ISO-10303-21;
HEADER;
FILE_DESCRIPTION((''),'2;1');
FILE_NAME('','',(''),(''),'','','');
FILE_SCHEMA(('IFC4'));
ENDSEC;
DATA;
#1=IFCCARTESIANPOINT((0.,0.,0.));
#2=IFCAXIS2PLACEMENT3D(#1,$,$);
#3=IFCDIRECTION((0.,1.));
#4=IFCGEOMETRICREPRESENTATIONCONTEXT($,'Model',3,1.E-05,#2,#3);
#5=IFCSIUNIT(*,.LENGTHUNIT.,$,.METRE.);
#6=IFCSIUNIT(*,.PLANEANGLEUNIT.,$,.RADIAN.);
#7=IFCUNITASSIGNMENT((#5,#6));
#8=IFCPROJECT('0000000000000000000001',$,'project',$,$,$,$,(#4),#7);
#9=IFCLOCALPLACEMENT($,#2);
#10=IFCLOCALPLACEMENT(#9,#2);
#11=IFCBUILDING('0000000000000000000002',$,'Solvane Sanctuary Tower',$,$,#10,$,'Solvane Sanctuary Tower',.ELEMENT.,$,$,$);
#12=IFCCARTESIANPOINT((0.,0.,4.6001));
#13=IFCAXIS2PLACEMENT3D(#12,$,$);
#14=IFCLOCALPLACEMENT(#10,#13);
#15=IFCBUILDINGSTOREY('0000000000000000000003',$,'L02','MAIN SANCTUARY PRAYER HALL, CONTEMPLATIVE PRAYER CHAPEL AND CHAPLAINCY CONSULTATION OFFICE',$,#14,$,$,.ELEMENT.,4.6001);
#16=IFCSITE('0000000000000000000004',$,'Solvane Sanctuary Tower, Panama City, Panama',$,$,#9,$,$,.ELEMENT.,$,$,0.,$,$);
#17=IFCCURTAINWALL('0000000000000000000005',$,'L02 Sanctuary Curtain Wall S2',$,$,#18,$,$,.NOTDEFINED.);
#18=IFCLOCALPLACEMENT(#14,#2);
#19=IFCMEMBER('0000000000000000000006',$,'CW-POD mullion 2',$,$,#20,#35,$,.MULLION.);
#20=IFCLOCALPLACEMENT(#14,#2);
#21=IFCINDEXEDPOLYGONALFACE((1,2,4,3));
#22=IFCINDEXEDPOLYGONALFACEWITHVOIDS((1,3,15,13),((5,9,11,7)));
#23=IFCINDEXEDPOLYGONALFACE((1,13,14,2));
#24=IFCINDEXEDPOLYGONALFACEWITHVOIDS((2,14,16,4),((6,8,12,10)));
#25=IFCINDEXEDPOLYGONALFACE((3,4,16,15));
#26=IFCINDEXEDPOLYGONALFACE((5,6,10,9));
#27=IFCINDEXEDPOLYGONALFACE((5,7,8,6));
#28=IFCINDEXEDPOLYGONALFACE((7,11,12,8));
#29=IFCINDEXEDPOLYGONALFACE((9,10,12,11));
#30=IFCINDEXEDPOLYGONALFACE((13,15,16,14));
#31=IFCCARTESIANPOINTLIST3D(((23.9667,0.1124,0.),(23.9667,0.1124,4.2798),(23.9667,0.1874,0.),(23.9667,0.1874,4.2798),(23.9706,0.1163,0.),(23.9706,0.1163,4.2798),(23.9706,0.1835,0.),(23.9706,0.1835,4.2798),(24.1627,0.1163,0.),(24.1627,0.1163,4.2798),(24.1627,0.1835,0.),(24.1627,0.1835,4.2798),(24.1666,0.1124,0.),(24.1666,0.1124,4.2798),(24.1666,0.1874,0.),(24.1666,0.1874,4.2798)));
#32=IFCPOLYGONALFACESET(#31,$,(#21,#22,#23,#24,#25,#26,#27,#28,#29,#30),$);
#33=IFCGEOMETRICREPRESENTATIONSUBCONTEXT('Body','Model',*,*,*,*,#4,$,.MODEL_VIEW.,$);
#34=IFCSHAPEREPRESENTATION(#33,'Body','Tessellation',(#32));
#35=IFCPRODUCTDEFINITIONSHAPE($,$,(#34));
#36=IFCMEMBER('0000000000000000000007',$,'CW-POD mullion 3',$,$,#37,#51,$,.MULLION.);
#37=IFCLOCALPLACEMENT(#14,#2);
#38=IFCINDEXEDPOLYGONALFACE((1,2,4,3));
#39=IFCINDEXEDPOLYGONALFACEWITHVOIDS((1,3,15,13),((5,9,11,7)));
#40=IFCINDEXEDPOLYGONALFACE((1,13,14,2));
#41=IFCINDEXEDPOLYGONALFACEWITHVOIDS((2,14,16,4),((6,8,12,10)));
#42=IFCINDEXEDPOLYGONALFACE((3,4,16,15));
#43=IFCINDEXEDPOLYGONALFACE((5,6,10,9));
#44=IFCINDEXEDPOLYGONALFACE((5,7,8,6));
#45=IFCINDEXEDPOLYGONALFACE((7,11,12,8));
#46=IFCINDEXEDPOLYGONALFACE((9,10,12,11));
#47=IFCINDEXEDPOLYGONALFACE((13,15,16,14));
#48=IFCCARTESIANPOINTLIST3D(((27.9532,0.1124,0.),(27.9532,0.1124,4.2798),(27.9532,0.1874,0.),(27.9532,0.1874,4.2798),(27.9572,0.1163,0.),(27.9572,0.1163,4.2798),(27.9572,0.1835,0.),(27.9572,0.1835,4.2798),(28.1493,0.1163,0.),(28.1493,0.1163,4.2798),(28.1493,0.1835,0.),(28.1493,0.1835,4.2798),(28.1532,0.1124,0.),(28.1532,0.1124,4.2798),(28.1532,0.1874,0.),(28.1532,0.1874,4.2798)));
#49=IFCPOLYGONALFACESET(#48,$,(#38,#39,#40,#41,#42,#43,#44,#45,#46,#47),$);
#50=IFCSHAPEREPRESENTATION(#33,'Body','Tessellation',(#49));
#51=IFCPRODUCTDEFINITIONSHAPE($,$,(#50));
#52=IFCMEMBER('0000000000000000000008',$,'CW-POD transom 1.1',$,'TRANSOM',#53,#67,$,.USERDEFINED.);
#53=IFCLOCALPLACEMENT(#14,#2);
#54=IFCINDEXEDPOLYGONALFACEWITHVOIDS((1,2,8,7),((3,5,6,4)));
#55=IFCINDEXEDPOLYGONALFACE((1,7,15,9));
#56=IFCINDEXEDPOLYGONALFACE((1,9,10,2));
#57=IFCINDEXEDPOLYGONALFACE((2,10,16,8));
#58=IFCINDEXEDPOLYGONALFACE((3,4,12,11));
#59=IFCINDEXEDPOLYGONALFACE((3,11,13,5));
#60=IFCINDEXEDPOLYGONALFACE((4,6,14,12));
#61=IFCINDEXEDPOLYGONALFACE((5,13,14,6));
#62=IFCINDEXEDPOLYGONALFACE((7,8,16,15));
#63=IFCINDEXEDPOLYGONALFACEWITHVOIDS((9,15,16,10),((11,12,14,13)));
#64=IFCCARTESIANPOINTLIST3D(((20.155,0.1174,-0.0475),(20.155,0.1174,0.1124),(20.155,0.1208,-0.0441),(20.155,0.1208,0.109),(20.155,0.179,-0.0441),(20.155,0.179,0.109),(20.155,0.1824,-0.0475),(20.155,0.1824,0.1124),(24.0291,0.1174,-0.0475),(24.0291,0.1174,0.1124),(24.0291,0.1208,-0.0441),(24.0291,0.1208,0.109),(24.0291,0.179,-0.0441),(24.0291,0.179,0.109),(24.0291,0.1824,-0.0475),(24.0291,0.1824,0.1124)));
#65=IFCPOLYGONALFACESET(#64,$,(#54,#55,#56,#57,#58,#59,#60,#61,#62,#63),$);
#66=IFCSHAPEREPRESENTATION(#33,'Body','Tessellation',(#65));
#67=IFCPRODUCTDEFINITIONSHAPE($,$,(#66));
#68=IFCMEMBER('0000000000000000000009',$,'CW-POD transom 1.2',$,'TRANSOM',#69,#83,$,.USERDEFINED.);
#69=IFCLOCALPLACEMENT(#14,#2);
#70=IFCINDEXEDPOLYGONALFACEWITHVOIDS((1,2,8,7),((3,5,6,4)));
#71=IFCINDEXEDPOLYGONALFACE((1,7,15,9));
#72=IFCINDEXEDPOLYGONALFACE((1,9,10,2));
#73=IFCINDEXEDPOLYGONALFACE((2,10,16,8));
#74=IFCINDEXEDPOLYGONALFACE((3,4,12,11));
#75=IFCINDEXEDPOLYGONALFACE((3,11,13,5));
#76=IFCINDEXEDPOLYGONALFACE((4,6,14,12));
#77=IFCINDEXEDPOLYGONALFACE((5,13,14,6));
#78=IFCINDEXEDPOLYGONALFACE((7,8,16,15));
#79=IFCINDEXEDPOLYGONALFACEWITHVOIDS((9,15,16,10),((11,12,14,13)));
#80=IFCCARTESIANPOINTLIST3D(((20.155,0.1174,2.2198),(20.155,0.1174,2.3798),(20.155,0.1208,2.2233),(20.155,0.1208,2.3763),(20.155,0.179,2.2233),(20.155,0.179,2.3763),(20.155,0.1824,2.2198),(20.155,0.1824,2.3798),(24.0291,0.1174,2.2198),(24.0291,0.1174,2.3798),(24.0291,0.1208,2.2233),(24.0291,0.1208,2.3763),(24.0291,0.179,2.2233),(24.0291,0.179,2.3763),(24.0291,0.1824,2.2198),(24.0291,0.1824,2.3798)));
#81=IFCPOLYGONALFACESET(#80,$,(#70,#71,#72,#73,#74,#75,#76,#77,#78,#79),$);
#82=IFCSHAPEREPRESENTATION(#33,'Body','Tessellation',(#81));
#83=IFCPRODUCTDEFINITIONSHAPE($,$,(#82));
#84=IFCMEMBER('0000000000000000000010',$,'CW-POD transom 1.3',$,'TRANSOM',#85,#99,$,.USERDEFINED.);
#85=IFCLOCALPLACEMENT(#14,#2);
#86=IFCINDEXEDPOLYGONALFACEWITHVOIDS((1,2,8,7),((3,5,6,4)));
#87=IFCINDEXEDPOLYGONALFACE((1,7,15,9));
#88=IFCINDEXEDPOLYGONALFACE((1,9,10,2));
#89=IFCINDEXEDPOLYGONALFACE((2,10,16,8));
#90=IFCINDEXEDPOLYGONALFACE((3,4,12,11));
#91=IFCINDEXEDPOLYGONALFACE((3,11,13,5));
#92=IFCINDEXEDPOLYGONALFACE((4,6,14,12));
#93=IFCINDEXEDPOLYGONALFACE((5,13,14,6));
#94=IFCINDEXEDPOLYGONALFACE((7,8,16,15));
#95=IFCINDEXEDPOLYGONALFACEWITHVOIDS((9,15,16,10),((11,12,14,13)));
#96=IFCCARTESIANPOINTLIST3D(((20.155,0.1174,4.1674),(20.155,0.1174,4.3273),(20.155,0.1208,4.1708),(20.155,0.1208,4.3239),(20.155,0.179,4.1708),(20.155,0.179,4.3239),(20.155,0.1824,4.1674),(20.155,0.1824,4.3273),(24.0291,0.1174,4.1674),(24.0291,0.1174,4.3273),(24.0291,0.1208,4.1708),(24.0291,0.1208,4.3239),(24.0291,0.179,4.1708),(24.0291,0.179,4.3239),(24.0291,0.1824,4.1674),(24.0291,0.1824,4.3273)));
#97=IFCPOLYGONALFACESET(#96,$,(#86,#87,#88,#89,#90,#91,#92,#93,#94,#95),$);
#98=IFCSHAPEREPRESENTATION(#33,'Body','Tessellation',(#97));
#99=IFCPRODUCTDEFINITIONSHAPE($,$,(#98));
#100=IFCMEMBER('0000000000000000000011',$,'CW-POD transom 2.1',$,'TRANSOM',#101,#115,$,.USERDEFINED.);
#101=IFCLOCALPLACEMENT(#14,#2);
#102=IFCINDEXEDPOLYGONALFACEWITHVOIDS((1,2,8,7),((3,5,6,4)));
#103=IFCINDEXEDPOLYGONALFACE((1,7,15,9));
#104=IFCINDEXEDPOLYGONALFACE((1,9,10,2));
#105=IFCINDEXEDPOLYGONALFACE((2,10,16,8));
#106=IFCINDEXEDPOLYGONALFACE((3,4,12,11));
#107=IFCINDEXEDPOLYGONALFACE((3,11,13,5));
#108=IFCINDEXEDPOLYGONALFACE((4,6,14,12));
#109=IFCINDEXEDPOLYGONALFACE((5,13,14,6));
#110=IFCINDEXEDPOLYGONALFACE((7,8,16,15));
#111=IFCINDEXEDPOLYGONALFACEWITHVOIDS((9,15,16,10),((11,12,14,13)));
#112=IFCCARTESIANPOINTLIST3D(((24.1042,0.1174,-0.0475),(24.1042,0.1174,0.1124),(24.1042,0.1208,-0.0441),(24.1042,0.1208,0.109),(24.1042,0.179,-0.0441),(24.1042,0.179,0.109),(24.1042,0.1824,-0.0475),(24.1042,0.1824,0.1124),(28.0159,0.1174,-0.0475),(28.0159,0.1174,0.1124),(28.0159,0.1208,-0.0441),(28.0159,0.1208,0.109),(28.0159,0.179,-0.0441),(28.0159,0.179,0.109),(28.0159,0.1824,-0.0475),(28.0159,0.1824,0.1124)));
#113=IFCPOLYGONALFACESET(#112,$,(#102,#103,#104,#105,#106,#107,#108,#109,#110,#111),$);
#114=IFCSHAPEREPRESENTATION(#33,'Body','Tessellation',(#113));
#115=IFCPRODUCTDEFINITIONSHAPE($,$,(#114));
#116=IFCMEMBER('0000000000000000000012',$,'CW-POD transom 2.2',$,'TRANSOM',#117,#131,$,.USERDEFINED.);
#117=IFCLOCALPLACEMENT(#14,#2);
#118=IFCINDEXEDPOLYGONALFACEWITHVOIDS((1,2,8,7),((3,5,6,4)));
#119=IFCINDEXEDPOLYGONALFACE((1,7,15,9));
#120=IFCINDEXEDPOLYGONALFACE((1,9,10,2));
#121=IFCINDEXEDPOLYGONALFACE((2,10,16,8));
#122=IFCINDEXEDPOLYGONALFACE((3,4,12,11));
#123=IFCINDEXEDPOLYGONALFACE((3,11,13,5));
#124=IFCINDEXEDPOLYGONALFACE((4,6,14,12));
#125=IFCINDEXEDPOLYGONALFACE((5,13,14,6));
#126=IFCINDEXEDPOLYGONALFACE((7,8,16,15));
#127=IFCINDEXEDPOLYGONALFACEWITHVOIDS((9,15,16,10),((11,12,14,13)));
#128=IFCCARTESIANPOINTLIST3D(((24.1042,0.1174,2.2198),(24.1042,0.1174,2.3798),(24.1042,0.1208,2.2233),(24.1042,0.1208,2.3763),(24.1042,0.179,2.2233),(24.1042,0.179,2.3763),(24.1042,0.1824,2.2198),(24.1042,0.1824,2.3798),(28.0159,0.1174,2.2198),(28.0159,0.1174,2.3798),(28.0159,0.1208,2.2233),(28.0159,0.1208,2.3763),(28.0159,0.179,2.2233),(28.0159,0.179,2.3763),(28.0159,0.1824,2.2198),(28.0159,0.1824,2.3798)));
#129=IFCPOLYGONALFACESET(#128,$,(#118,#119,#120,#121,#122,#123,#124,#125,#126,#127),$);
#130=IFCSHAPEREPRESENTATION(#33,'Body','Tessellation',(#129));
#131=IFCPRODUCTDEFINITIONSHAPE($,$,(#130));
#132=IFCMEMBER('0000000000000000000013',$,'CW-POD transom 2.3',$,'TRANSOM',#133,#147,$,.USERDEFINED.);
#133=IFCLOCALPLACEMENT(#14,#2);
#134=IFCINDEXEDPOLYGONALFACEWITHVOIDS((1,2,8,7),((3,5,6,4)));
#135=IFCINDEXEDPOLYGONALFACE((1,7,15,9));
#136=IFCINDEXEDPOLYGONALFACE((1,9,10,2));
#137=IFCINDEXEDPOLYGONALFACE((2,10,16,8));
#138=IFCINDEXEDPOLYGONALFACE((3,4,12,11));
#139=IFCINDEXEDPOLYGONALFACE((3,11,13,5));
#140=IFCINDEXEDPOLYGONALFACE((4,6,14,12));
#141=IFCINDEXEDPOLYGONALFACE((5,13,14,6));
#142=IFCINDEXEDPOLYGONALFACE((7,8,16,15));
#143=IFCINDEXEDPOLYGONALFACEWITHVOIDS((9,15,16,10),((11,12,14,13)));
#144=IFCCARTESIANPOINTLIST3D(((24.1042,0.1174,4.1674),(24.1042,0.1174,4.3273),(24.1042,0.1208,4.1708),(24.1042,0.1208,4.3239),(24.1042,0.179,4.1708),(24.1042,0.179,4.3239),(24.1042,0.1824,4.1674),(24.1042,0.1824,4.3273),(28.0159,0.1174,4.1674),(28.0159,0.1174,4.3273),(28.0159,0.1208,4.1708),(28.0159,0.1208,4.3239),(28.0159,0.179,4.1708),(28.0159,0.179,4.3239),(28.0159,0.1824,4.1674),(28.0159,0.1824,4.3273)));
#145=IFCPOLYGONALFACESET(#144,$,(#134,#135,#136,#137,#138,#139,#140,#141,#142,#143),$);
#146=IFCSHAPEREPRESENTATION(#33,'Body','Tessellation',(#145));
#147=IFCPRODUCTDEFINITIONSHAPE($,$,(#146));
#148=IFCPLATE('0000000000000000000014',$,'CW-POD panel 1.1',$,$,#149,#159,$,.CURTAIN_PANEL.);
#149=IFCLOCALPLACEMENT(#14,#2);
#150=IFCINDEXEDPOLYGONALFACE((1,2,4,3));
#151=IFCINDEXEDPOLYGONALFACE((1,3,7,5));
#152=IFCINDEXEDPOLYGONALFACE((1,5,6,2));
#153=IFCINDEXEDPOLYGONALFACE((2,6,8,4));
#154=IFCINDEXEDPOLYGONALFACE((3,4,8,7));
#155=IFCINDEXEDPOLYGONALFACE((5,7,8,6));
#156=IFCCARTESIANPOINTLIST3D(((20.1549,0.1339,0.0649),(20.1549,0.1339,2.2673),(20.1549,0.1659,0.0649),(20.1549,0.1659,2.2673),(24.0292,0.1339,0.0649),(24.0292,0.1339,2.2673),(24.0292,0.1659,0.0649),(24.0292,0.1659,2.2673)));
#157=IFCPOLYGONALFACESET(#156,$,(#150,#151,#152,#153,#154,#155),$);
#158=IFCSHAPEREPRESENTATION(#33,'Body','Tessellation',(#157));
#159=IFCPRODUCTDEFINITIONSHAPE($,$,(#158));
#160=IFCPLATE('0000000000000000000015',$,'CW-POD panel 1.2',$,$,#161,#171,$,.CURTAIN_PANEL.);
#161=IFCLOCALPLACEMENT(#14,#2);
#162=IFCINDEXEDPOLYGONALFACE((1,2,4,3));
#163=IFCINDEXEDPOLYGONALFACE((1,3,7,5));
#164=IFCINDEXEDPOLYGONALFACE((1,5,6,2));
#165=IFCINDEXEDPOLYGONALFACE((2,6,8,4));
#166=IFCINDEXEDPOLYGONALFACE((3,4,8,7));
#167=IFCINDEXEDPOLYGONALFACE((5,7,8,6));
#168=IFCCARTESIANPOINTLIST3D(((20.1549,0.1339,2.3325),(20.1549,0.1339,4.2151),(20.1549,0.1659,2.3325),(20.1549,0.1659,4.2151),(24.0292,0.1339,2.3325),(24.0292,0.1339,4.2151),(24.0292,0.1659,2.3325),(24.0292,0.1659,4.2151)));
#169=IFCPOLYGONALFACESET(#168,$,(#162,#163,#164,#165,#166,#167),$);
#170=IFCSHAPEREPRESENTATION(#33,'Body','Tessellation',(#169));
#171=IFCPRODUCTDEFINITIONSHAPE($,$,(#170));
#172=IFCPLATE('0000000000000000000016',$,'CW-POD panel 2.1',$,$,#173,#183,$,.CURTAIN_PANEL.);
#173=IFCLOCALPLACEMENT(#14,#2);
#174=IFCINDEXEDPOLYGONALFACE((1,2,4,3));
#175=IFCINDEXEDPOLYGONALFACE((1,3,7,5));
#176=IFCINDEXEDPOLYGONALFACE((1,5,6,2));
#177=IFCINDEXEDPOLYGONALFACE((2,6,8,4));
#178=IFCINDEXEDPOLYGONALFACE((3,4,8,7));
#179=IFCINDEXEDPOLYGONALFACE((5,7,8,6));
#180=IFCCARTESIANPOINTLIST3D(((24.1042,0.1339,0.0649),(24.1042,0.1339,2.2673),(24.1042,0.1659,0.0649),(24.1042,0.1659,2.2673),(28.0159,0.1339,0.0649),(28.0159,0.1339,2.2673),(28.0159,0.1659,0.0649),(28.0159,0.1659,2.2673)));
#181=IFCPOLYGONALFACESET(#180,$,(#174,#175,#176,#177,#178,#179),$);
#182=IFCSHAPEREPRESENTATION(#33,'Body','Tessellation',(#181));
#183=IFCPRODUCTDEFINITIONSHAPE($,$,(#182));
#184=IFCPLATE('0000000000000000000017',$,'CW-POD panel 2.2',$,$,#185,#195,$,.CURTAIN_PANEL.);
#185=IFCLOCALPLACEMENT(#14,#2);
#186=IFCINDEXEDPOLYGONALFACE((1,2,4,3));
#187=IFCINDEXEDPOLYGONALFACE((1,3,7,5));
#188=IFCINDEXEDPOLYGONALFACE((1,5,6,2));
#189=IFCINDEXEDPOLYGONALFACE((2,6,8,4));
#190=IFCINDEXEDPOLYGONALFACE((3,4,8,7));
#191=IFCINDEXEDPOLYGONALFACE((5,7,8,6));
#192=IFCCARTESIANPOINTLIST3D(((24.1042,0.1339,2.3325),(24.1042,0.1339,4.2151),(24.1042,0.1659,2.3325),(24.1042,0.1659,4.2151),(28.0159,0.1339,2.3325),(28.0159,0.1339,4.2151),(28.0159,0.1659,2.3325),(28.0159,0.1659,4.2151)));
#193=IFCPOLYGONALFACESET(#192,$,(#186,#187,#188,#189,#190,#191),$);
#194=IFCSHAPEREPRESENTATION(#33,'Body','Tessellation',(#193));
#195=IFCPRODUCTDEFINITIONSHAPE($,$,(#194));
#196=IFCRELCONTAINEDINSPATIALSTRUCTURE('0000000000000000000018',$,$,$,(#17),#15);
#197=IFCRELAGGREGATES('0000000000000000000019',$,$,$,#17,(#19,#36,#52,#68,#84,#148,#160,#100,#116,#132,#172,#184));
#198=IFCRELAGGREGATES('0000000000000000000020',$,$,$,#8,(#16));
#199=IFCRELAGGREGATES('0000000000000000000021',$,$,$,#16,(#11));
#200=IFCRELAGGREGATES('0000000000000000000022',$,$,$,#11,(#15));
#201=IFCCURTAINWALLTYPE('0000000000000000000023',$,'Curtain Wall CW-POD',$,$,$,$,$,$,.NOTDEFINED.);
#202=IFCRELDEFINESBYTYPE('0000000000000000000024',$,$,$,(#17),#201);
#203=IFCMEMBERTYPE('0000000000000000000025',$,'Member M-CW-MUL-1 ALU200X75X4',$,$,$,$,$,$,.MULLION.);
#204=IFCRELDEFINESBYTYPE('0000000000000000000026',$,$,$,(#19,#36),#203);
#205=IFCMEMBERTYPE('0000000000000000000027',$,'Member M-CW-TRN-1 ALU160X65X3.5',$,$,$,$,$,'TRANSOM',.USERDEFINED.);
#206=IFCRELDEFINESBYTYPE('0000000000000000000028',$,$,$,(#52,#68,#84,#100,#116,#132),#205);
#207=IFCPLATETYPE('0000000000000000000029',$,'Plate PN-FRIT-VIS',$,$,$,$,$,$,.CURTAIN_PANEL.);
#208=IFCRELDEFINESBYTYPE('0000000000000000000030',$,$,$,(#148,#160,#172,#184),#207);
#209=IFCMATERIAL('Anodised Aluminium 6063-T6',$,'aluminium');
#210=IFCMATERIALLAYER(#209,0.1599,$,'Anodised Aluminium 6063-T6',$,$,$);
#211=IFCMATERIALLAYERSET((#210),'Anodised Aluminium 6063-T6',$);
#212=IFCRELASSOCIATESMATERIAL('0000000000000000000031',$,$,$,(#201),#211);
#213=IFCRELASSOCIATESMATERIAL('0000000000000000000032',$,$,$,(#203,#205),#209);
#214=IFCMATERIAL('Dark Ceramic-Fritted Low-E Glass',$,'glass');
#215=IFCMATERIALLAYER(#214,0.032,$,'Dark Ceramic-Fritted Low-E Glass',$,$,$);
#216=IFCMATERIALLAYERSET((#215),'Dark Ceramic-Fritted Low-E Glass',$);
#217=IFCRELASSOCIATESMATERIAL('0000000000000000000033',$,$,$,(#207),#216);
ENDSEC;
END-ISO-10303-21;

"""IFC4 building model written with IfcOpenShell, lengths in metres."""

from ifc_helpers import new_model, si_unit, direction, frame, origin, origin_2d, place, context, subcontext, project, spatial, rectangle, hollow_rectangle, extrude, material, layer, layer_set, material_profile, profile_set, type_object, element, aggregate, save


model = new_model("IFC4")

# Units and contexts
model_context = context("Model", 3, precision=1e-05, world=origin(), true_north=direction((0.0, 1.0)))
body_context = subcontext(model_context, "Body", "Model", "MODEL_VIEW")
ifc_project = project(units=[si_unit("LENGTHUNIT", "METRE"), si_unit("PLANEANGLEUNIT", "RADIAN")], contexts=[model_context])

# Site, building, storey
site_placement = place(None, origin())
site = spatial("IfcSite", under=ifc_project, at=site_placement, Name="Solvane Sanctuary Tower, Panama City, Panama", CompositionType="ELEMENT", RefElevation=0.0)
building_placement = place(site_placement, origin())
building = spatial("IfcBuilding", under=site, at=building_placement, Name="Solvane Sanctuary Tower", LongName="Solvane Sanctuary Tower", CompositionType="ELEMENT")
storey_placement = place(building_placement, frame((0.0, 0.0, 4.6001)))
storey = spatial("IfcBuildingStorey", under=building, at=storey_placement, Name="L02", Description="MAIN SANCTUARY PRAYER HALL, CONTEMPLATIVE PRAYER CHAPEL AND CHAPLAINCY CONSULTATION OFFICE", CompositionType="ELEMENT", Elevation=4.6001)

# Curtain wall, members, plates
ifc_material_1 = material(Name="Anodised Aluminium 6063-T6", Category="aluminium")
ifc_layer_1 = layer(ifc_material_1, 0.1599, Name="Anodised Aluminium 6063-T6")
ifc_layer_set_1 = layer_set([ifc_layer_1], Name="Anodised Aluminium 6063-T6")
curtain_wall_type = type_object("IfcCurtainWallType", Name="Curtain Wall CW-POD", PredefinedType="NOTDEFINED", material=ifc_layer_set_1)
curtain_wall_placement = place(storey_placement, origin())
curtain_wall = element("IfcCurtainWall", 1, at=curtain_wall_placement, inside=storey, type_object=curtain_wall_type, Name="L02 Sanctuary Curtain Wall S2", PredefinedType="NOTDEFINED")
ifc_material_profile_1 = material_profile(ifc_material_1, hollow_rectangle(XDim=0.075, YDim=0.2, WallThickness=0.0039, at=origin_2d()), Name="ALU200X75X4")
ifc_profile_set_1 = profile_set([ifc_material_profile_1], Name="Anodised Aluminium 6063-T6")
member_type_1 = type_object("IfcMemberType", Name="Member M-CW-MUL-1 ALU200X75X4", PredefinedType="MULLION", material=ifc_profile_set_1)
member_1_placement = place(storey_placement, frame((24.0667, 0.1499, 0.0), z_axis=(0.0, 0.0, 1.0), x_axis=(0.0, 1.0, 0.0)))
member_1 = element("IfcMember", 2, at=member_1_placement, type_object=member_type_1, Name="CW-POD mullion 2", PredefinedType="MULLION", context=body_context, shape_type="SweptSolid", body=[
    extrude(hollow_rectangle(XDim=0.075, YDim=0.2, WallThickness=0.0039, at=origin_2d()), origin(), (0.0, 0.0, 1.0), 4.2798),
])
member_2_placement = place(storey_placement, frame((28.0532, 0.1499, 0.0), z_axis=(0.0, 0.0, 1.0), x_axis=(0.0, 1.0, 0.0)))
member_2 = element("IfcMember", 3, at=member_2_placement, type_object=member_type_1, Name="CW-POD mullion 3", PredefinedType="MULLION", context=body_context, shape_type="SweptSolid", body=[
    extrude(hollow_rectangle(XDim=0.075, YDim=0.2, WallThickness=0.0039, at=origin_2d()), origin(), (0.0, 0.0, 1.0), 4.2798),
])
ifc_material_profile_2 = material_profile(ifc_material_1, hollow_rectangle(XDim=0.0649, YDim=0.1599, WallThickness=0.0034, at=origin_2d()), Name="ALU160X65X3.5")
ifc_profile_set_2 = profile_set([ifc_material_profile_2], Name="Anodised Aluminium 6063-T6")
member_type_2 = type_object("IfcMemberType", Name="Member M-CW-TRN-1 ALU160X65X3.5", ElementType="TRANSOM", PredefinedType="USERDEFINED", material=ifc_profile_set_2)
member_3_placement = place(storey_placement, frame((20.155, 0.1499, 0.0325), z_axis=(1.0, 0.0, 0.0), x_axis=(0.0, 1.0, 0.0)))
member_3 = element("IfcMember", 4, at=member_3_placement, type_object=member_type_2, Name="CW-POD transom 1.1", ObjectType="TRANSOM", PredefinedType="USERDEFINED", context=body_context, shape_type="SweptSolid", body=[
    extrude(hollow_rectangle(XDim=0.0649, YDim=0.1599, WallThickness=0.0034, at=origin_2d()), origin(), (0.0, 0.0, 1.0), 3.874),
])
member_4_placement = place(storey_placement, frame((20.155, 0.1499, 2.2998), z_axis=(1.0, 0.0, 0.0), x_axis=(0.0, 1.0, 0.0)))
member_4 = element("IfcMember", 5, at=member_4_placement, type_object=member_type_2, Name="CW-POD transom 1.2", ObjectType="TRANSOM", PredefinedType="USERDEFINED", context=body_context, shape_type="SweptSolid", body=[
    extrude(hollow_rectangle(XDim=0.0649, YDim=0.1599, WallThickness=0.0034, at=origin_2d()), origin(), (0.0, 0.0, 1.0), 3.874),
])
member_5_placement = place(storey_placement, frame((20.155, 0.1499, 4.2473), z_axis=(1.0, 0.0, 0.0), x_axis=(0.0, 1.0, 0.0)))
member_5 = element("IfcMember", 6, at=member_5_placement, type_object=member_type_2, Name="CW-POD transom 1.3", ObjectType="TRANSOM", PredefinedType="USERDEFINED", context=body_context, shape_type="SweptSolid", body=[
    extrude(hollow_rectangle(XDim=0.0649, YDim=0.1599, WallThickness=0.0034, at=origin_2d()), origin(), (0.0, 0.0, 1.0), 3.874),
])
member_6_placement = place(storey_placement, frame((24.1042, 0.1499, 0.0325), z_axis=(1.0, 0.0, 0.0), x_axis=(0.0, 1.0, 0.0)))
member_6 = element("IfcMember", 7, at=member_6_placement, type_object=member_type_2, Name="CW-POD transom 2.1", ObjectType="TRANSOM", PredefinedType="USERDEFINED", context=body_context, shape_type="SweptSolid", body=[
    extrude(hollow_rectangle(XDim=0.0649, YDim=0.1599, WallThickness=0.0034, at=origin_2d()), origin(), (0.0, 0.0, 1.0), 3.9116),
])
member_7_placement = place(storey_placement, frame((24.1042, 0.1499, 2.2998), z_axis=(1.0, 0.0, 0.0), x_axis=(0.0, 1.0, 0.0)))
member_7 = element("IfcMember", 8, at=member_7_placement, type_object=member_type_2, Name="CW-POD transom 2.2", ObjectType="TRANSOM", PredefinedType="USERDEFINED", context=body_context, shape_type="SweptSolid", body=[
    extrude(hollow_rectangle(XDim=0.0649, YDim=0.1599, WallThickness=0.0034, at=origin_2d()), origin(), (0.0, 0.0, 1.0), 3.9116),
])
member_8_placement = place(storey_placement, frame((24.1042, 0.1499, 4.2473), z_axis=(1.0, 0.0, 0.0), x_axis=(0.0, 1.0, 0.0)))
member_8 = element("IfcMember", 9, at=member_8_placement, type_object=member_type_2, Name="CW-POD transom 2.3", ObjectType="TRANSOM", PredefinedType="USERDEFINED", context=body_context, shape_type="SweptSolid", body=[
    extrude(hollow_rectangle(XDim=0.0649, YDim=0.1599, WallThickness=0.0034, at=origin_2d()), origin(), (0.0, 0.0, 1.0), 3.9116),
])
ifc_material_2 = material(Name="Dark Ceramic-Fritted Low-E Glass", Category="glass")
ifc_layer_2 = layer(ifc_material_2, 0.032, Name="Dark Ceramic-Fritted Low-E Glass")
ifc_layer_set_2 = layer_set([ifc_layer_2], Name="Dark Ceramic-Fritted Low-E Glass")
plate_type = type_object("IfcPlateType", Name="Plate PN-FRIT-VIS", PredefinedType="CURTAIN_PANEL", material=ifc_layer_set_2)
plate_1_placement = place(storey_placement, frame((22.092, 0.1499, 0.0649), z_axis=(0.0, 0.0, 1.0), x_axis=(1.0, 0.0, 0.0)))
plate_1 = element("IfcPlate", 10, at=plate_1_placement, type_object=plate_type, Name="CW-POD panel 1.1", PredefinedType="CURTAIN_PANEL", context=body_context, shape_type="SweptSolid", body=[
    extrude(rectangle(XDim=3.8743, YDim=0.032, at=origin_2d()), origin(), (0.0, 0.0, 1.0), 2.2024),
])
plate_2_placement = place(storey_placement, frame((22.092, 0.1499, 2.3325), z_axis=(0.0, 0.0, 1.0), x_axis=(1.0, 0.0, 0.0)))
plate_2 = element("IfcPlate", 11, at=plate_2_placement, type_object=plate_type, Name="CW-POD panel 1.2", PredefinedType="CURTAIN_PANEL", context=body_context, shape_type="SweptSolid", body=[
    extrude(rectangle(XDim=3.8743, YDim=0.032, at=origin_2d()), origin(), (0.0, 0.0, 1.0), 1.8826),
])
plate_3_placement = place(storey_placement, frame((26.0601, 0.1499, 0.0649), z_axis=(0.0, 0.0, 1.0), x_axis=(1.0, 0.0, 0.0)))
plate_3 = element("IfcPlate", 12, at=plate_3_placement, type_object=plate_type, Name="CW-POD panel 2.1", PredefinedType="CURTAIN_PANEL", context=body_context, shape_type="SweptSolid", body=[
    extrude(rectangle(XDim=3.9116, YDim=0.032, at=origin_2d()), origin(), (0.0, 0.0, 1.0), 2.2024),
])
plate_4_placement = place(storey_placement, frame((26.0601, 0.1499, 2.3325), z_axis=(0.0, 0.0, 1.0), x_axis=(1.0, 0.0, 0.0)))
plate_4 = element("IfcPlate", 13, at=plate_4_placement, type_object=plate_type, Name="CW-POD panel 2.2", PredefinedType="CURTAIN_PANEL", context=body_context, shape_type="SweptSolid", body=[
    extrude(rectangle(XDim=3.9116, YDim=0.032, at=origin_2d()), origin(), (0.0, 0.0, 1.0), 1.8826),
])
aggregate(curtain_wall, [member_1, member_2, member_3, member_4, member_5, plate_1, plate_2, member_6, member_7, member_8, plate_3, plate_4])

save(model, "model.ifc")
